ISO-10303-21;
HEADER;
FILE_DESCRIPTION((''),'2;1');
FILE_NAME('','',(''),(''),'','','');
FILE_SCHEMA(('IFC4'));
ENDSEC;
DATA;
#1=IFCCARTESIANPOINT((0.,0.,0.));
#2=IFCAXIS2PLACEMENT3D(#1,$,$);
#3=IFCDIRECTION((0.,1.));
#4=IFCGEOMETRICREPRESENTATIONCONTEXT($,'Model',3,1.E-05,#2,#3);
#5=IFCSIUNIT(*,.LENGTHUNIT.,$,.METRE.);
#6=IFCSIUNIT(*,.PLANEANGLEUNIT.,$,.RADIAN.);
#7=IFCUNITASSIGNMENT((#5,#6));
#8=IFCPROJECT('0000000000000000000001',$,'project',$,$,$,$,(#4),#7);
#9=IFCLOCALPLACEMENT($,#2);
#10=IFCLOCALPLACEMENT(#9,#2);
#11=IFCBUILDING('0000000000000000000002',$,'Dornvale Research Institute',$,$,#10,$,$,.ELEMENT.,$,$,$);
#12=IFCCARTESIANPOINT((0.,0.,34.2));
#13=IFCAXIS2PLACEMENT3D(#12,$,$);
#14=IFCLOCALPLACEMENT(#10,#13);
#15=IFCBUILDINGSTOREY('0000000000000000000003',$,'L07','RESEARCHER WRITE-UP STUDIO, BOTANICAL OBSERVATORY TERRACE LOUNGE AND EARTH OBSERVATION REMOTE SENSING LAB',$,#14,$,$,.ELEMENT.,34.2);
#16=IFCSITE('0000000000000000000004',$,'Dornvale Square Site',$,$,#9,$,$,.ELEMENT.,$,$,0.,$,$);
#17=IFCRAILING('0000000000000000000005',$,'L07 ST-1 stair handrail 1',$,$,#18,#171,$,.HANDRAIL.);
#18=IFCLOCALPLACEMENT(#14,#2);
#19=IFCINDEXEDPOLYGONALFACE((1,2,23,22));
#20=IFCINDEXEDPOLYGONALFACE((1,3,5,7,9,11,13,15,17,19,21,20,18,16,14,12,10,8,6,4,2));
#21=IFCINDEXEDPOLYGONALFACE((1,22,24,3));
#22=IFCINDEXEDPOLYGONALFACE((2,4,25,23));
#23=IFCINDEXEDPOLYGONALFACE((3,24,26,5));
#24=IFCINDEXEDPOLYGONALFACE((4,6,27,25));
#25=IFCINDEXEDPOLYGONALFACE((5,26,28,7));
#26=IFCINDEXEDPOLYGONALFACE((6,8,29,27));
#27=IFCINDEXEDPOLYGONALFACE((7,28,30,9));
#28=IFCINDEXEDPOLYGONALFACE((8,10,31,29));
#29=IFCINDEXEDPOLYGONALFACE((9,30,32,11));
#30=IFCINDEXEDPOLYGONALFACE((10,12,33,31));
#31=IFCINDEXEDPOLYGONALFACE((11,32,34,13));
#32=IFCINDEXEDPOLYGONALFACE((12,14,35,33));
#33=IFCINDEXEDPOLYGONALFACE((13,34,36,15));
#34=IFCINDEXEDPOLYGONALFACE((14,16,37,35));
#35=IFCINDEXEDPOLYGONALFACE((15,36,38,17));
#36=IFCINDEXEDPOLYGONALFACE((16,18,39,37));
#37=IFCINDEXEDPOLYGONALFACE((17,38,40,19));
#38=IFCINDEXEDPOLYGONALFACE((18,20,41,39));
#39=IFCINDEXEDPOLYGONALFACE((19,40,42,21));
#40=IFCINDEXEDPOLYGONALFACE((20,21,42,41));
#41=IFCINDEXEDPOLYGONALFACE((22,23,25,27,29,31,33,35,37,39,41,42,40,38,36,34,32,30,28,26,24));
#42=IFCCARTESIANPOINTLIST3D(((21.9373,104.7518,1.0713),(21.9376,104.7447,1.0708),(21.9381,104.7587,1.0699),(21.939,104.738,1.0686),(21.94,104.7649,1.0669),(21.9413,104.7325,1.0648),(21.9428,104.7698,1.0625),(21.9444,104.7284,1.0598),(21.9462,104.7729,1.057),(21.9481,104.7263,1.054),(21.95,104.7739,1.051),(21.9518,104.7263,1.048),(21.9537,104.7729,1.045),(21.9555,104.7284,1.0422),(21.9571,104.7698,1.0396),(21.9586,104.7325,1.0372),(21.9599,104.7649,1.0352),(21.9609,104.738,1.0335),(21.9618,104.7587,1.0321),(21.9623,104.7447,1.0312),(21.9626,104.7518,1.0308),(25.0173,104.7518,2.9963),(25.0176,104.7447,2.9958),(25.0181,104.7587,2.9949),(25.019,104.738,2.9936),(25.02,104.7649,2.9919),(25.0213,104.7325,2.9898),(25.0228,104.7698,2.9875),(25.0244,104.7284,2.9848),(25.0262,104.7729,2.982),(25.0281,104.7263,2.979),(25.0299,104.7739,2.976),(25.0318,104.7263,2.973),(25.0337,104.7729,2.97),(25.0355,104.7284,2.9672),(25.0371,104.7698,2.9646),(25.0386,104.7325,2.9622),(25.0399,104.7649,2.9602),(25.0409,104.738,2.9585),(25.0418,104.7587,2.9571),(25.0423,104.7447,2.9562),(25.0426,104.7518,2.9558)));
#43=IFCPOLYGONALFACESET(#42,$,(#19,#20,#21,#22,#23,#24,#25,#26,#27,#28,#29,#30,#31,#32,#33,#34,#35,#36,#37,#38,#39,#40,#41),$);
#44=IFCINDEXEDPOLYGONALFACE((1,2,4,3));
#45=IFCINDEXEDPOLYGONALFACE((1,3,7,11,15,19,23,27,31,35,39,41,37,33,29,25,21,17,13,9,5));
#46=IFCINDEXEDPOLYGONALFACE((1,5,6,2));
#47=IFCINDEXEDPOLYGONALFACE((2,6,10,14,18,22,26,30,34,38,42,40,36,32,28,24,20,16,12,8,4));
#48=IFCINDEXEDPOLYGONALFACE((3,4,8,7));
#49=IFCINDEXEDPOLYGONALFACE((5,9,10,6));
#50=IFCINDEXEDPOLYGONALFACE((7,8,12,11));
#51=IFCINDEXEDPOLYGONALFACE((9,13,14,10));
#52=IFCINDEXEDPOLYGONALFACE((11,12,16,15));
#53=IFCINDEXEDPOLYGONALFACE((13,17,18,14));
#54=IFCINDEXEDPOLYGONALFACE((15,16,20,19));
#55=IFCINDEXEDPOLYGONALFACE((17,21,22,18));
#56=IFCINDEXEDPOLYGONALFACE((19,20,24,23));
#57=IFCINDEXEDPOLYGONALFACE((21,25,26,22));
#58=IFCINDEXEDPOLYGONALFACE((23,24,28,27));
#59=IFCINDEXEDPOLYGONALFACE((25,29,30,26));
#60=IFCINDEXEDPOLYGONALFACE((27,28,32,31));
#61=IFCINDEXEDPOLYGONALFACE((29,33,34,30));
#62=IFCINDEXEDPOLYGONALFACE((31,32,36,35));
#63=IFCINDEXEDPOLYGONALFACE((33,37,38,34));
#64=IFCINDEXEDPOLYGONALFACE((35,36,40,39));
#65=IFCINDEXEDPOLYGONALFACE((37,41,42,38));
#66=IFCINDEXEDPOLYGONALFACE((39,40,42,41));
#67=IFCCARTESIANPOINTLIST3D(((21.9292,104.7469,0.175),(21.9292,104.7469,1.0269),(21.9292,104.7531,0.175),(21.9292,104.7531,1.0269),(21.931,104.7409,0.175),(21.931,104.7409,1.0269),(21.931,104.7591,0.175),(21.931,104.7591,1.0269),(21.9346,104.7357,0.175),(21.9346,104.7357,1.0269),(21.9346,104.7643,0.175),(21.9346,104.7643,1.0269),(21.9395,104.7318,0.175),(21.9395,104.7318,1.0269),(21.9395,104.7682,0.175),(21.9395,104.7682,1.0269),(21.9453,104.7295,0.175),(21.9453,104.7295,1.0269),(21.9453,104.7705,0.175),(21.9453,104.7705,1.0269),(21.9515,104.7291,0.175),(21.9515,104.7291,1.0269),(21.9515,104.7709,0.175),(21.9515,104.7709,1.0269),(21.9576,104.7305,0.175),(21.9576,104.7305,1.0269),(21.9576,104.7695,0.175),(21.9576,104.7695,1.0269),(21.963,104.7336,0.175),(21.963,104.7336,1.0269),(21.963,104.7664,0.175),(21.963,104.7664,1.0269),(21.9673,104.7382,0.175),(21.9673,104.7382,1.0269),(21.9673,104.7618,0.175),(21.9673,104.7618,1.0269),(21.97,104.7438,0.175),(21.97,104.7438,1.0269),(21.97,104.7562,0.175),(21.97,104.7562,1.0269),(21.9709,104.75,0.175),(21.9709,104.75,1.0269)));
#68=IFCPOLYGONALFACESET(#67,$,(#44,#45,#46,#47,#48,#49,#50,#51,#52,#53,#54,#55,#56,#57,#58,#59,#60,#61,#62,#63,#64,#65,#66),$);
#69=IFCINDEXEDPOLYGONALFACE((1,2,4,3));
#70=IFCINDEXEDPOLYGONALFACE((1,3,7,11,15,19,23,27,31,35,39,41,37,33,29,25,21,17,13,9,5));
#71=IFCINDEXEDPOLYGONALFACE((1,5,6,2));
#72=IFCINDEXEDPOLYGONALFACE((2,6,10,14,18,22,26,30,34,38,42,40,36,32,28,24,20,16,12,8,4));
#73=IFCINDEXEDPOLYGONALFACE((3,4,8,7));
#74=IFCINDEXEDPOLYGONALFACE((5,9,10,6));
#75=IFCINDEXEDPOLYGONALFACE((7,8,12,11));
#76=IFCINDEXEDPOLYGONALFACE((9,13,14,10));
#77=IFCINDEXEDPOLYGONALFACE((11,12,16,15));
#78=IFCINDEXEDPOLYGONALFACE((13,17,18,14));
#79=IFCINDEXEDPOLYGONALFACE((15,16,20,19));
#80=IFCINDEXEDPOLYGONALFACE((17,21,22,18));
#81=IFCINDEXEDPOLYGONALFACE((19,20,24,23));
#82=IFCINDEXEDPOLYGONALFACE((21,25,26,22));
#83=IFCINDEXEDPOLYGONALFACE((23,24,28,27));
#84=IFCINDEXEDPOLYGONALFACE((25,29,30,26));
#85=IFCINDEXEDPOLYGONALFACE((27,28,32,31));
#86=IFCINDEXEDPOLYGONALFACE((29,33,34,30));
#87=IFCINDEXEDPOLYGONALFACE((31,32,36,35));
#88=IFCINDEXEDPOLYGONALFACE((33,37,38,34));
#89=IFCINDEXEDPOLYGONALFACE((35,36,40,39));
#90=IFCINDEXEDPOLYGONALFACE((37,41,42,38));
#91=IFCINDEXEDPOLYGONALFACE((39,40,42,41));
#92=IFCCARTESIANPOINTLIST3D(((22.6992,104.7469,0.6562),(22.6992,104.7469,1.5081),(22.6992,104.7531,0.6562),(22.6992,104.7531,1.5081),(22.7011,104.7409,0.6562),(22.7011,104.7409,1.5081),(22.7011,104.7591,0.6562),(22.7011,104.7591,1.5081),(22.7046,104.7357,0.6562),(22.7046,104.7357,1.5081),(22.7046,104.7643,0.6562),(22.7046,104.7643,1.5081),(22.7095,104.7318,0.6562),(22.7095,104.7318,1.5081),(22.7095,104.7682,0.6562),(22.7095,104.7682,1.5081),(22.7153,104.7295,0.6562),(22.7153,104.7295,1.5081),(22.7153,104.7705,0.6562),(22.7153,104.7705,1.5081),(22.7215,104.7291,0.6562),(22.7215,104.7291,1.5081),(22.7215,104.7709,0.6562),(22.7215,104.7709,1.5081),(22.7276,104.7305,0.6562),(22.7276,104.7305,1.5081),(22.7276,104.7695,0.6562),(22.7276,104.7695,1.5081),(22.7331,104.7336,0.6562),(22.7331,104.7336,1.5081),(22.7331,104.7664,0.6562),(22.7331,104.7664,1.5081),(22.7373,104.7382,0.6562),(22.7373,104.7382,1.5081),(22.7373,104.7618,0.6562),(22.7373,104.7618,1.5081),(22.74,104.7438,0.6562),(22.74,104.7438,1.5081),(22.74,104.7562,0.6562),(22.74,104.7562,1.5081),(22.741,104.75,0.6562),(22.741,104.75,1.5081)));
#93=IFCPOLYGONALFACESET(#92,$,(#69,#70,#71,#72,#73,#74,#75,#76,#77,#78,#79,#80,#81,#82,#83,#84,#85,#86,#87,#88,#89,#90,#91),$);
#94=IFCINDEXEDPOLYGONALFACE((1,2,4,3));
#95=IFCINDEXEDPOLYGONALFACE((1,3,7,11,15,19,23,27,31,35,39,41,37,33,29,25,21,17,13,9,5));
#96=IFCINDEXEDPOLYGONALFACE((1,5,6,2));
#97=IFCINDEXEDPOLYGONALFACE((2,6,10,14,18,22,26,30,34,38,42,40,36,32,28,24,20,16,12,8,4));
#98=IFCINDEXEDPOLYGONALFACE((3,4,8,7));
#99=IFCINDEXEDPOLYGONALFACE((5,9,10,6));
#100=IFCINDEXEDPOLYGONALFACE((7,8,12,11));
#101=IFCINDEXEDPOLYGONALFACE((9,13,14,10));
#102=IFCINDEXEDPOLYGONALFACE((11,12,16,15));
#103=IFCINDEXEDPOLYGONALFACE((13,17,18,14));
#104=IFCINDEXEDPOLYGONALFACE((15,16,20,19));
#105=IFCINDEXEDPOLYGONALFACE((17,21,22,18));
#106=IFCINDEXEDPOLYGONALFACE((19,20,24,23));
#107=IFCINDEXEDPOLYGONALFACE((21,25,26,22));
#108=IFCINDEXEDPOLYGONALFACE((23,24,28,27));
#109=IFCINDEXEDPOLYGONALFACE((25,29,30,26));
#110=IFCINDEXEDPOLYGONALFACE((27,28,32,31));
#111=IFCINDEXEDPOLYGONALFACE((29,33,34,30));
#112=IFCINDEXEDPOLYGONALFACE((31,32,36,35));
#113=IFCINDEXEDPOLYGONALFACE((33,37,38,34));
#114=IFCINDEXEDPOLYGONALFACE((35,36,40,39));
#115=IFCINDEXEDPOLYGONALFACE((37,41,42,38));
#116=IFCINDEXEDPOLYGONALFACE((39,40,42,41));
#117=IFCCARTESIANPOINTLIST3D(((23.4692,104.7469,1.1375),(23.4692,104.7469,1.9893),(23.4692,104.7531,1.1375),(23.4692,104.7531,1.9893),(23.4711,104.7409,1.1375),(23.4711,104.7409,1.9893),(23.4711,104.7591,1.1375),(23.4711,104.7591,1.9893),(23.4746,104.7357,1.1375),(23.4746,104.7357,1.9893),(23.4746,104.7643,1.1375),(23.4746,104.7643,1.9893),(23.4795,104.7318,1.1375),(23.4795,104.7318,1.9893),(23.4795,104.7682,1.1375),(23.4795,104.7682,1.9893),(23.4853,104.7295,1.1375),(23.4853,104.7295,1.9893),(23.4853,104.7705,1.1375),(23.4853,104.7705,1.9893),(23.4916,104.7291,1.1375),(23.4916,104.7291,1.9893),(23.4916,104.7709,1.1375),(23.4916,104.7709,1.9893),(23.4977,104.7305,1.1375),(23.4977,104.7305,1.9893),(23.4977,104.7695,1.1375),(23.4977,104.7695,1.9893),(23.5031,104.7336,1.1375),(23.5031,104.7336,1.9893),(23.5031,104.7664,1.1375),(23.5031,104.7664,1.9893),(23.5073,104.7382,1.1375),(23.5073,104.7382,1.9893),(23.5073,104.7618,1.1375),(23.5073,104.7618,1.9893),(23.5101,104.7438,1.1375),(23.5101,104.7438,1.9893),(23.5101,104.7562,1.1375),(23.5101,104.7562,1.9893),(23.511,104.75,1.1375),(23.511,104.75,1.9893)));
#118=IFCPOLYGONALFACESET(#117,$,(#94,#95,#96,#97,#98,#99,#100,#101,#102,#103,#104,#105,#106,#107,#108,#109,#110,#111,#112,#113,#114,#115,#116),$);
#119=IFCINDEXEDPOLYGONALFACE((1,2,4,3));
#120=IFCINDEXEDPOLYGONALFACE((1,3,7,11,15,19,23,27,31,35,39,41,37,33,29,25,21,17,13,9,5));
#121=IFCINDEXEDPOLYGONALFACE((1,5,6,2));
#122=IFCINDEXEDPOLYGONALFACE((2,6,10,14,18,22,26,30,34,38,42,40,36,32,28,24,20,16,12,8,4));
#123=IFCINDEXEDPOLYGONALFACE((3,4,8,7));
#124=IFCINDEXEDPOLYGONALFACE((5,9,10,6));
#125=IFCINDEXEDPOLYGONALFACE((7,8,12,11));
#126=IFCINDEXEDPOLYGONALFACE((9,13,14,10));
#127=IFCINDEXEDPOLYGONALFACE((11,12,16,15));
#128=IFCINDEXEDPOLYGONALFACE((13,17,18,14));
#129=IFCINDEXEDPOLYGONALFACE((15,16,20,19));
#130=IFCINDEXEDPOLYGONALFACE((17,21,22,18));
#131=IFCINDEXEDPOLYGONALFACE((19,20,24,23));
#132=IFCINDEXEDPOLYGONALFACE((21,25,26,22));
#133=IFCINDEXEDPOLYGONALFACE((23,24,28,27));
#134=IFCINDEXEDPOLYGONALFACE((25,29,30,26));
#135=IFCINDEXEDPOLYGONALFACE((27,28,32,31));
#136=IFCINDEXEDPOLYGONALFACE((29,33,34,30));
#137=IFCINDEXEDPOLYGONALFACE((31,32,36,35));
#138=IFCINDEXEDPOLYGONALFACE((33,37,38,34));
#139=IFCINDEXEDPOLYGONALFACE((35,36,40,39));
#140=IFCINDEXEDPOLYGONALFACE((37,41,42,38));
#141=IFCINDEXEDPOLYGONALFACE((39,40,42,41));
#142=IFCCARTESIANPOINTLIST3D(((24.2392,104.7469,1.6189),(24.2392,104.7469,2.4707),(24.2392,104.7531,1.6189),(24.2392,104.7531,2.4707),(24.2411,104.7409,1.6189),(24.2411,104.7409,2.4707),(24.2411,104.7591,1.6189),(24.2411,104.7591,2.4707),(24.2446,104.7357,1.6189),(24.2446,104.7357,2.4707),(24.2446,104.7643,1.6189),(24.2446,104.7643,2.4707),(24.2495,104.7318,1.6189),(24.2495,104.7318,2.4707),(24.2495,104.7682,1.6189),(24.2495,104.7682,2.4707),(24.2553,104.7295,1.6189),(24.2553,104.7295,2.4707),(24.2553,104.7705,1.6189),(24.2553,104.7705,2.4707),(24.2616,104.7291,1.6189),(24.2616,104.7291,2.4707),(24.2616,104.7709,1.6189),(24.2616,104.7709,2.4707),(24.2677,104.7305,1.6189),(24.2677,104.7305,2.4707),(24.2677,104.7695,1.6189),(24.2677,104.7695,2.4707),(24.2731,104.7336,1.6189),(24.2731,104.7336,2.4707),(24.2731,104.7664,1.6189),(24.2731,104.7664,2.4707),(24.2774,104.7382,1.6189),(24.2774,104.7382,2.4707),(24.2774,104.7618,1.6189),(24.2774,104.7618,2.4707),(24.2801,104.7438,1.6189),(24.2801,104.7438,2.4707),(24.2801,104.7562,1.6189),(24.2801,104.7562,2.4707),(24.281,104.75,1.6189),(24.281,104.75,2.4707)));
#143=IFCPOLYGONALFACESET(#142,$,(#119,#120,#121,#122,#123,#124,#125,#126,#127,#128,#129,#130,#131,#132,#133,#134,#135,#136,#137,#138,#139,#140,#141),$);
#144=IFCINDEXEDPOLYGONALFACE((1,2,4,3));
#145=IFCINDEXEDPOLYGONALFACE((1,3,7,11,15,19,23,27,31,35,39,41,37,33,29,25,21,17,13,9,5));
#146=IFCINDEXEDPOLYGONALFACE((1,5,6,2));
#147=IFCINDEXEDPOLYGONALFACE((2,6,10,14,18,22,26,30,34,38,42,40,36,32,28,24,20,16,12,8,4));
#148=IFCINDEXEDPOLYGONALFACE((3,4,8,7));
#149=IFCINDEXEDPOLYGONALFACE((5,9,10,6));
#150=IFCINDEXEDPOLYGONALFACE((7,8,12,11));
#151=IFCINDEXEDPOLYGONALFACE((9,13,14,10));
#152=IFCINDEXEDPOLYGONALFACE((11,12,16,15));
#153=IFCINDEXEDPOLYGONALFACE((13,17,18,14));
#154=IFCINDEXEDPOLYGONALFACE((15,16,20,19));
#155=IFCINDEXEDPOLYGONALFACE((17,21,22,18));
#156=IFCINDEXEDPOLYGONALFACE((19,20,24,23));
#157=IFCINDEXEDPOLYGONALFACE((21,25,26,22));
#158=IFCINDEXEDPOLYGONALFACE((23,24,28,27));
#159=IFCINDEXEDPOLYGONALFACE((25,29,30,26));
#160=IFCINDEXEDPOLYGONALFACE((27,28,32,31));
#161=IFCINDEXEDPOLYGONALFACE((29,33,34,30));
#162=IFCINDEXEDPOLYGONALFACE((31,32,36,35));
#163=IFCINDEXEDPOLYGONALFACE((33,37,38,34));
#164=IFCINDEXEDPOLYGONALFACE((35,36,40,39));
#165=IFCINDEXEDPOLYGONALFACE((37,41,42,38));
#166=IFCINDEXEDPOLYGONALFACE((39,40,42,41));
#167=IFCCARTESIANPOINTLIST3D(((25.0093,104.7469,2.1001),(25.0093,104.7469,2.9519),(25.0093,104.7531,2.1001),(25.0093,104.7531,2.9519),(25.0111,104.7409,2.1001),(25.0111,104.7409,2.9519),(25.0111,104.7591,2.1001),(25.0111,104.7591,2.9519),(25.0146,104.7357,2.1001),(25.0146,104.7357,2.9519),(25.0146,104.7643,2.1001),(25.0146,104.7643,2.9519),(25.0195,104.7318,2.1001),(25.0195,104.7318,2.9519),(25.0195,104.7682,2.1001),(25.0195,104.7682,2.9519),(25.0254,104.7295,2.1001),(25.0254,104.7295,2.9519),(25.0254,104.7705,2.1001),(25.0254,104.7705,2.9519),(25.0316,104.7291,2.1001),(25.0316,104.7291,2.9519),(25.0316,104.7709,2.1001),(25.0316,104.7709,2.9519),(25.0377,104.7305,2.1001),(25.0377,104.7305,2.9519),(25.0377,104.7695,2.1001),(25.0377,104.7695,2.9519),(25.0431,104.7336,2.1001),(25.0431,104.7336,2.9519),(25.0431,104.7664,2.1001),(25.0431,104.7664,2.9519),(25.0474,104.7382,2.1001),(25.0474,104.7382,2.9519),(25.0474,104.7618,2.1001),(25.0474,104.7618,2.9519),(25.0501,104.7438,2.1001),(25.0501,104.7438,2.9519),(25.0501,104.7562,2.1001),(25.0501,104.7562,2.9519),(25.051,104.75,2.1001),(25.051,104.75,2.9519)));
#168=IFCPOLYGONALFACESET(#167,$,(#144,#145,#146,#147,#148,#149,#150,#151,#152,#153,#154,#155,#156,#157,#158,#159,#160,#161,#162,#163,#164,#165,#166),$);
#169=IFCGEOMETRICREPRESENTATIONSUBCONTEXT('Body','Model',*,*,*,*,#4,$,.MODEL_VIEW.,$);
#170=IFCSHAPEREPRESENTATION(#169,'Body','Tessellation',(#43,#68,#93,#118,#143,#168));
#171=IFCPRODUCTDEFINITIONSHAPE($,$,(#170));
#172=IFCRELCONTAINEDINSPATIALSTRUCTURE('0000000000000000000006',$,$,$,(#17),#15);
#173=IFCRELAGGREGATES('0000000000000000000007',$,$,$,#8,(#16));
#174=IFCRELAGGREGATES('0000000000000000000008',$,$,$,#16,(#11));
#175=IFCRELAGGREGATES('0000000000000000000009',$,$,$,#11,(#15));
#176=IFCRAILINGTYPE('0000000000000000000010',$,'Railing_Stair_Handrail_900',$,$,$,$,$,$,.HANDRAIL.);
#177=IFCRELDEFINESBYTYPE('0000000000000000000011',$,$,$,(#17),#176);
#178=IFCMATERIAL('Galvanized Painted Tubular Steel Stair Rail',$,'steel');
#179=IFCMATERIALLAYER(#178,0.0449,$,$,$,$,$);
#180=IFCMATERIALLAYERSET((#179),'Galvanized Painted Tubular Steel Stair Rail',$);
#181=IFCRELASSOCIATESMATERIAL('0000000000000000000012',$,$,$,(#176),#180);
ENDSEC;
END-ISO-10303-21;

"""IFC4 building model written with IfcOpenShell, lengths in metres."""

from ifc_helpers import new_model, si_unit, direction, frame, origin, origin_2d, place, context, subcontext, project, spatial, circle, extrude, material, layer, layer_set, type_object, element, save


model = new_model("IFC4")

# Units and contexts
model_context = context("Model", 3, precision=1e-05, world=origin(), true_north=direction((0.0, 1.0)))
body_context = subcontext(model_context, "Body", "Model", "MODEL_VIEW")
ifc_project = project(units=[si_unit("LENGTHUNIT", "METRE"), si_unit("PLANEANGLEUNIT", "RADIAN")], contexts=[model_context])

# Site, building, storey
site_placement = place(None, origin())
site = spatial("IfcSite", under=ifc_project, at=site_placement, Name="Dornvale Square Site", CompositionType="ELEMENT", RefElevation=0.0)
building_placement = place(site_placement, origin())
building = spatial("IfcBuilding", under=site, at=building_placement, Name="Dornvale Research Institute", CompositionType="ELEMENT")
storey_placement = place(building_placement, frame((0.0, 0.0, 34.2)))
storey = spatial("IfcBuildingStorey", under=building, at=storey_placement, Name="L07", Description="RESEARCHER WRITE-UP STUDIO, BOTANICAL OBSERVATORY TERRACE LOUNGE AND EARTH OBSERVATION REMOTE SENSING LAB", CompositionType="ELEMENT", Elevation=34.2)

# Railing
ifc_material_1 = material(Name="Galvanized Painted Tubular Steel Stair Rail", Category="steel")
ifc_layer_1 = layer(ifc_material_1, 0.0449)
ifc_layer_set_1 = layer_set([ifc_layer_1], Name="Galvanized Painted Tubular Steel Stair Rail")
railing_type_1 = type_object("IfcRailingType", Name="Railing_Stair_Handrail_900", PredefinedType="HANDRAIL", material=ifc_layer_set_1)
railing_1_placement = place(storey_placement, frame((21.95, 104.75, 0.175)))
element("IfcRailing", 1, at=railing_1_placement, inside=storey, type_object=railing_type_1, Name="L07 ST-1 stair handrail 1", PredefinedType="HANDRAIL", context=body_context, shape_type="SweptSolid", body=[
    extrude(circle(Radius=0.0239, at=origin_2d()), frame((0.0, 0.0, 0.876), z_axis=(0.847998, 0.0, 0.529999), x_axis=(0.0, 1.0, 0.0)), (0.0, 0.0, 1.0), 3.6321),
    extrude(circle(Radius=0.021, at=origin_2d()), origin(), (0.0, 0.0, 1.0), 0.8518),
    extrude(circle(Radius=0.021, at=origin_2d()), frame((0.77, 0.0, 0.4812)), (0.0, 0.0, 1.0), 0.8518),
    extrude(circle(Radius=0.021, at=origin_2d()), frame((1.54, 0.0, 0.9624)), (0.0, 0.0, 1.0), 0.8518),
    extrude(circle(Radius=0.021, at=origin_2d()), frame((2.3101, 0.0, 1.4438)), (0.0, 0.0, 1.0), 0.8518),
    extrude(circle(Radius=0.021, at=origin_2d()), frame((3.0801, 0.0, 1.925)), (0.0, 0.0, 1.0), 0.8518),
])

save(model, "model.ifc")
